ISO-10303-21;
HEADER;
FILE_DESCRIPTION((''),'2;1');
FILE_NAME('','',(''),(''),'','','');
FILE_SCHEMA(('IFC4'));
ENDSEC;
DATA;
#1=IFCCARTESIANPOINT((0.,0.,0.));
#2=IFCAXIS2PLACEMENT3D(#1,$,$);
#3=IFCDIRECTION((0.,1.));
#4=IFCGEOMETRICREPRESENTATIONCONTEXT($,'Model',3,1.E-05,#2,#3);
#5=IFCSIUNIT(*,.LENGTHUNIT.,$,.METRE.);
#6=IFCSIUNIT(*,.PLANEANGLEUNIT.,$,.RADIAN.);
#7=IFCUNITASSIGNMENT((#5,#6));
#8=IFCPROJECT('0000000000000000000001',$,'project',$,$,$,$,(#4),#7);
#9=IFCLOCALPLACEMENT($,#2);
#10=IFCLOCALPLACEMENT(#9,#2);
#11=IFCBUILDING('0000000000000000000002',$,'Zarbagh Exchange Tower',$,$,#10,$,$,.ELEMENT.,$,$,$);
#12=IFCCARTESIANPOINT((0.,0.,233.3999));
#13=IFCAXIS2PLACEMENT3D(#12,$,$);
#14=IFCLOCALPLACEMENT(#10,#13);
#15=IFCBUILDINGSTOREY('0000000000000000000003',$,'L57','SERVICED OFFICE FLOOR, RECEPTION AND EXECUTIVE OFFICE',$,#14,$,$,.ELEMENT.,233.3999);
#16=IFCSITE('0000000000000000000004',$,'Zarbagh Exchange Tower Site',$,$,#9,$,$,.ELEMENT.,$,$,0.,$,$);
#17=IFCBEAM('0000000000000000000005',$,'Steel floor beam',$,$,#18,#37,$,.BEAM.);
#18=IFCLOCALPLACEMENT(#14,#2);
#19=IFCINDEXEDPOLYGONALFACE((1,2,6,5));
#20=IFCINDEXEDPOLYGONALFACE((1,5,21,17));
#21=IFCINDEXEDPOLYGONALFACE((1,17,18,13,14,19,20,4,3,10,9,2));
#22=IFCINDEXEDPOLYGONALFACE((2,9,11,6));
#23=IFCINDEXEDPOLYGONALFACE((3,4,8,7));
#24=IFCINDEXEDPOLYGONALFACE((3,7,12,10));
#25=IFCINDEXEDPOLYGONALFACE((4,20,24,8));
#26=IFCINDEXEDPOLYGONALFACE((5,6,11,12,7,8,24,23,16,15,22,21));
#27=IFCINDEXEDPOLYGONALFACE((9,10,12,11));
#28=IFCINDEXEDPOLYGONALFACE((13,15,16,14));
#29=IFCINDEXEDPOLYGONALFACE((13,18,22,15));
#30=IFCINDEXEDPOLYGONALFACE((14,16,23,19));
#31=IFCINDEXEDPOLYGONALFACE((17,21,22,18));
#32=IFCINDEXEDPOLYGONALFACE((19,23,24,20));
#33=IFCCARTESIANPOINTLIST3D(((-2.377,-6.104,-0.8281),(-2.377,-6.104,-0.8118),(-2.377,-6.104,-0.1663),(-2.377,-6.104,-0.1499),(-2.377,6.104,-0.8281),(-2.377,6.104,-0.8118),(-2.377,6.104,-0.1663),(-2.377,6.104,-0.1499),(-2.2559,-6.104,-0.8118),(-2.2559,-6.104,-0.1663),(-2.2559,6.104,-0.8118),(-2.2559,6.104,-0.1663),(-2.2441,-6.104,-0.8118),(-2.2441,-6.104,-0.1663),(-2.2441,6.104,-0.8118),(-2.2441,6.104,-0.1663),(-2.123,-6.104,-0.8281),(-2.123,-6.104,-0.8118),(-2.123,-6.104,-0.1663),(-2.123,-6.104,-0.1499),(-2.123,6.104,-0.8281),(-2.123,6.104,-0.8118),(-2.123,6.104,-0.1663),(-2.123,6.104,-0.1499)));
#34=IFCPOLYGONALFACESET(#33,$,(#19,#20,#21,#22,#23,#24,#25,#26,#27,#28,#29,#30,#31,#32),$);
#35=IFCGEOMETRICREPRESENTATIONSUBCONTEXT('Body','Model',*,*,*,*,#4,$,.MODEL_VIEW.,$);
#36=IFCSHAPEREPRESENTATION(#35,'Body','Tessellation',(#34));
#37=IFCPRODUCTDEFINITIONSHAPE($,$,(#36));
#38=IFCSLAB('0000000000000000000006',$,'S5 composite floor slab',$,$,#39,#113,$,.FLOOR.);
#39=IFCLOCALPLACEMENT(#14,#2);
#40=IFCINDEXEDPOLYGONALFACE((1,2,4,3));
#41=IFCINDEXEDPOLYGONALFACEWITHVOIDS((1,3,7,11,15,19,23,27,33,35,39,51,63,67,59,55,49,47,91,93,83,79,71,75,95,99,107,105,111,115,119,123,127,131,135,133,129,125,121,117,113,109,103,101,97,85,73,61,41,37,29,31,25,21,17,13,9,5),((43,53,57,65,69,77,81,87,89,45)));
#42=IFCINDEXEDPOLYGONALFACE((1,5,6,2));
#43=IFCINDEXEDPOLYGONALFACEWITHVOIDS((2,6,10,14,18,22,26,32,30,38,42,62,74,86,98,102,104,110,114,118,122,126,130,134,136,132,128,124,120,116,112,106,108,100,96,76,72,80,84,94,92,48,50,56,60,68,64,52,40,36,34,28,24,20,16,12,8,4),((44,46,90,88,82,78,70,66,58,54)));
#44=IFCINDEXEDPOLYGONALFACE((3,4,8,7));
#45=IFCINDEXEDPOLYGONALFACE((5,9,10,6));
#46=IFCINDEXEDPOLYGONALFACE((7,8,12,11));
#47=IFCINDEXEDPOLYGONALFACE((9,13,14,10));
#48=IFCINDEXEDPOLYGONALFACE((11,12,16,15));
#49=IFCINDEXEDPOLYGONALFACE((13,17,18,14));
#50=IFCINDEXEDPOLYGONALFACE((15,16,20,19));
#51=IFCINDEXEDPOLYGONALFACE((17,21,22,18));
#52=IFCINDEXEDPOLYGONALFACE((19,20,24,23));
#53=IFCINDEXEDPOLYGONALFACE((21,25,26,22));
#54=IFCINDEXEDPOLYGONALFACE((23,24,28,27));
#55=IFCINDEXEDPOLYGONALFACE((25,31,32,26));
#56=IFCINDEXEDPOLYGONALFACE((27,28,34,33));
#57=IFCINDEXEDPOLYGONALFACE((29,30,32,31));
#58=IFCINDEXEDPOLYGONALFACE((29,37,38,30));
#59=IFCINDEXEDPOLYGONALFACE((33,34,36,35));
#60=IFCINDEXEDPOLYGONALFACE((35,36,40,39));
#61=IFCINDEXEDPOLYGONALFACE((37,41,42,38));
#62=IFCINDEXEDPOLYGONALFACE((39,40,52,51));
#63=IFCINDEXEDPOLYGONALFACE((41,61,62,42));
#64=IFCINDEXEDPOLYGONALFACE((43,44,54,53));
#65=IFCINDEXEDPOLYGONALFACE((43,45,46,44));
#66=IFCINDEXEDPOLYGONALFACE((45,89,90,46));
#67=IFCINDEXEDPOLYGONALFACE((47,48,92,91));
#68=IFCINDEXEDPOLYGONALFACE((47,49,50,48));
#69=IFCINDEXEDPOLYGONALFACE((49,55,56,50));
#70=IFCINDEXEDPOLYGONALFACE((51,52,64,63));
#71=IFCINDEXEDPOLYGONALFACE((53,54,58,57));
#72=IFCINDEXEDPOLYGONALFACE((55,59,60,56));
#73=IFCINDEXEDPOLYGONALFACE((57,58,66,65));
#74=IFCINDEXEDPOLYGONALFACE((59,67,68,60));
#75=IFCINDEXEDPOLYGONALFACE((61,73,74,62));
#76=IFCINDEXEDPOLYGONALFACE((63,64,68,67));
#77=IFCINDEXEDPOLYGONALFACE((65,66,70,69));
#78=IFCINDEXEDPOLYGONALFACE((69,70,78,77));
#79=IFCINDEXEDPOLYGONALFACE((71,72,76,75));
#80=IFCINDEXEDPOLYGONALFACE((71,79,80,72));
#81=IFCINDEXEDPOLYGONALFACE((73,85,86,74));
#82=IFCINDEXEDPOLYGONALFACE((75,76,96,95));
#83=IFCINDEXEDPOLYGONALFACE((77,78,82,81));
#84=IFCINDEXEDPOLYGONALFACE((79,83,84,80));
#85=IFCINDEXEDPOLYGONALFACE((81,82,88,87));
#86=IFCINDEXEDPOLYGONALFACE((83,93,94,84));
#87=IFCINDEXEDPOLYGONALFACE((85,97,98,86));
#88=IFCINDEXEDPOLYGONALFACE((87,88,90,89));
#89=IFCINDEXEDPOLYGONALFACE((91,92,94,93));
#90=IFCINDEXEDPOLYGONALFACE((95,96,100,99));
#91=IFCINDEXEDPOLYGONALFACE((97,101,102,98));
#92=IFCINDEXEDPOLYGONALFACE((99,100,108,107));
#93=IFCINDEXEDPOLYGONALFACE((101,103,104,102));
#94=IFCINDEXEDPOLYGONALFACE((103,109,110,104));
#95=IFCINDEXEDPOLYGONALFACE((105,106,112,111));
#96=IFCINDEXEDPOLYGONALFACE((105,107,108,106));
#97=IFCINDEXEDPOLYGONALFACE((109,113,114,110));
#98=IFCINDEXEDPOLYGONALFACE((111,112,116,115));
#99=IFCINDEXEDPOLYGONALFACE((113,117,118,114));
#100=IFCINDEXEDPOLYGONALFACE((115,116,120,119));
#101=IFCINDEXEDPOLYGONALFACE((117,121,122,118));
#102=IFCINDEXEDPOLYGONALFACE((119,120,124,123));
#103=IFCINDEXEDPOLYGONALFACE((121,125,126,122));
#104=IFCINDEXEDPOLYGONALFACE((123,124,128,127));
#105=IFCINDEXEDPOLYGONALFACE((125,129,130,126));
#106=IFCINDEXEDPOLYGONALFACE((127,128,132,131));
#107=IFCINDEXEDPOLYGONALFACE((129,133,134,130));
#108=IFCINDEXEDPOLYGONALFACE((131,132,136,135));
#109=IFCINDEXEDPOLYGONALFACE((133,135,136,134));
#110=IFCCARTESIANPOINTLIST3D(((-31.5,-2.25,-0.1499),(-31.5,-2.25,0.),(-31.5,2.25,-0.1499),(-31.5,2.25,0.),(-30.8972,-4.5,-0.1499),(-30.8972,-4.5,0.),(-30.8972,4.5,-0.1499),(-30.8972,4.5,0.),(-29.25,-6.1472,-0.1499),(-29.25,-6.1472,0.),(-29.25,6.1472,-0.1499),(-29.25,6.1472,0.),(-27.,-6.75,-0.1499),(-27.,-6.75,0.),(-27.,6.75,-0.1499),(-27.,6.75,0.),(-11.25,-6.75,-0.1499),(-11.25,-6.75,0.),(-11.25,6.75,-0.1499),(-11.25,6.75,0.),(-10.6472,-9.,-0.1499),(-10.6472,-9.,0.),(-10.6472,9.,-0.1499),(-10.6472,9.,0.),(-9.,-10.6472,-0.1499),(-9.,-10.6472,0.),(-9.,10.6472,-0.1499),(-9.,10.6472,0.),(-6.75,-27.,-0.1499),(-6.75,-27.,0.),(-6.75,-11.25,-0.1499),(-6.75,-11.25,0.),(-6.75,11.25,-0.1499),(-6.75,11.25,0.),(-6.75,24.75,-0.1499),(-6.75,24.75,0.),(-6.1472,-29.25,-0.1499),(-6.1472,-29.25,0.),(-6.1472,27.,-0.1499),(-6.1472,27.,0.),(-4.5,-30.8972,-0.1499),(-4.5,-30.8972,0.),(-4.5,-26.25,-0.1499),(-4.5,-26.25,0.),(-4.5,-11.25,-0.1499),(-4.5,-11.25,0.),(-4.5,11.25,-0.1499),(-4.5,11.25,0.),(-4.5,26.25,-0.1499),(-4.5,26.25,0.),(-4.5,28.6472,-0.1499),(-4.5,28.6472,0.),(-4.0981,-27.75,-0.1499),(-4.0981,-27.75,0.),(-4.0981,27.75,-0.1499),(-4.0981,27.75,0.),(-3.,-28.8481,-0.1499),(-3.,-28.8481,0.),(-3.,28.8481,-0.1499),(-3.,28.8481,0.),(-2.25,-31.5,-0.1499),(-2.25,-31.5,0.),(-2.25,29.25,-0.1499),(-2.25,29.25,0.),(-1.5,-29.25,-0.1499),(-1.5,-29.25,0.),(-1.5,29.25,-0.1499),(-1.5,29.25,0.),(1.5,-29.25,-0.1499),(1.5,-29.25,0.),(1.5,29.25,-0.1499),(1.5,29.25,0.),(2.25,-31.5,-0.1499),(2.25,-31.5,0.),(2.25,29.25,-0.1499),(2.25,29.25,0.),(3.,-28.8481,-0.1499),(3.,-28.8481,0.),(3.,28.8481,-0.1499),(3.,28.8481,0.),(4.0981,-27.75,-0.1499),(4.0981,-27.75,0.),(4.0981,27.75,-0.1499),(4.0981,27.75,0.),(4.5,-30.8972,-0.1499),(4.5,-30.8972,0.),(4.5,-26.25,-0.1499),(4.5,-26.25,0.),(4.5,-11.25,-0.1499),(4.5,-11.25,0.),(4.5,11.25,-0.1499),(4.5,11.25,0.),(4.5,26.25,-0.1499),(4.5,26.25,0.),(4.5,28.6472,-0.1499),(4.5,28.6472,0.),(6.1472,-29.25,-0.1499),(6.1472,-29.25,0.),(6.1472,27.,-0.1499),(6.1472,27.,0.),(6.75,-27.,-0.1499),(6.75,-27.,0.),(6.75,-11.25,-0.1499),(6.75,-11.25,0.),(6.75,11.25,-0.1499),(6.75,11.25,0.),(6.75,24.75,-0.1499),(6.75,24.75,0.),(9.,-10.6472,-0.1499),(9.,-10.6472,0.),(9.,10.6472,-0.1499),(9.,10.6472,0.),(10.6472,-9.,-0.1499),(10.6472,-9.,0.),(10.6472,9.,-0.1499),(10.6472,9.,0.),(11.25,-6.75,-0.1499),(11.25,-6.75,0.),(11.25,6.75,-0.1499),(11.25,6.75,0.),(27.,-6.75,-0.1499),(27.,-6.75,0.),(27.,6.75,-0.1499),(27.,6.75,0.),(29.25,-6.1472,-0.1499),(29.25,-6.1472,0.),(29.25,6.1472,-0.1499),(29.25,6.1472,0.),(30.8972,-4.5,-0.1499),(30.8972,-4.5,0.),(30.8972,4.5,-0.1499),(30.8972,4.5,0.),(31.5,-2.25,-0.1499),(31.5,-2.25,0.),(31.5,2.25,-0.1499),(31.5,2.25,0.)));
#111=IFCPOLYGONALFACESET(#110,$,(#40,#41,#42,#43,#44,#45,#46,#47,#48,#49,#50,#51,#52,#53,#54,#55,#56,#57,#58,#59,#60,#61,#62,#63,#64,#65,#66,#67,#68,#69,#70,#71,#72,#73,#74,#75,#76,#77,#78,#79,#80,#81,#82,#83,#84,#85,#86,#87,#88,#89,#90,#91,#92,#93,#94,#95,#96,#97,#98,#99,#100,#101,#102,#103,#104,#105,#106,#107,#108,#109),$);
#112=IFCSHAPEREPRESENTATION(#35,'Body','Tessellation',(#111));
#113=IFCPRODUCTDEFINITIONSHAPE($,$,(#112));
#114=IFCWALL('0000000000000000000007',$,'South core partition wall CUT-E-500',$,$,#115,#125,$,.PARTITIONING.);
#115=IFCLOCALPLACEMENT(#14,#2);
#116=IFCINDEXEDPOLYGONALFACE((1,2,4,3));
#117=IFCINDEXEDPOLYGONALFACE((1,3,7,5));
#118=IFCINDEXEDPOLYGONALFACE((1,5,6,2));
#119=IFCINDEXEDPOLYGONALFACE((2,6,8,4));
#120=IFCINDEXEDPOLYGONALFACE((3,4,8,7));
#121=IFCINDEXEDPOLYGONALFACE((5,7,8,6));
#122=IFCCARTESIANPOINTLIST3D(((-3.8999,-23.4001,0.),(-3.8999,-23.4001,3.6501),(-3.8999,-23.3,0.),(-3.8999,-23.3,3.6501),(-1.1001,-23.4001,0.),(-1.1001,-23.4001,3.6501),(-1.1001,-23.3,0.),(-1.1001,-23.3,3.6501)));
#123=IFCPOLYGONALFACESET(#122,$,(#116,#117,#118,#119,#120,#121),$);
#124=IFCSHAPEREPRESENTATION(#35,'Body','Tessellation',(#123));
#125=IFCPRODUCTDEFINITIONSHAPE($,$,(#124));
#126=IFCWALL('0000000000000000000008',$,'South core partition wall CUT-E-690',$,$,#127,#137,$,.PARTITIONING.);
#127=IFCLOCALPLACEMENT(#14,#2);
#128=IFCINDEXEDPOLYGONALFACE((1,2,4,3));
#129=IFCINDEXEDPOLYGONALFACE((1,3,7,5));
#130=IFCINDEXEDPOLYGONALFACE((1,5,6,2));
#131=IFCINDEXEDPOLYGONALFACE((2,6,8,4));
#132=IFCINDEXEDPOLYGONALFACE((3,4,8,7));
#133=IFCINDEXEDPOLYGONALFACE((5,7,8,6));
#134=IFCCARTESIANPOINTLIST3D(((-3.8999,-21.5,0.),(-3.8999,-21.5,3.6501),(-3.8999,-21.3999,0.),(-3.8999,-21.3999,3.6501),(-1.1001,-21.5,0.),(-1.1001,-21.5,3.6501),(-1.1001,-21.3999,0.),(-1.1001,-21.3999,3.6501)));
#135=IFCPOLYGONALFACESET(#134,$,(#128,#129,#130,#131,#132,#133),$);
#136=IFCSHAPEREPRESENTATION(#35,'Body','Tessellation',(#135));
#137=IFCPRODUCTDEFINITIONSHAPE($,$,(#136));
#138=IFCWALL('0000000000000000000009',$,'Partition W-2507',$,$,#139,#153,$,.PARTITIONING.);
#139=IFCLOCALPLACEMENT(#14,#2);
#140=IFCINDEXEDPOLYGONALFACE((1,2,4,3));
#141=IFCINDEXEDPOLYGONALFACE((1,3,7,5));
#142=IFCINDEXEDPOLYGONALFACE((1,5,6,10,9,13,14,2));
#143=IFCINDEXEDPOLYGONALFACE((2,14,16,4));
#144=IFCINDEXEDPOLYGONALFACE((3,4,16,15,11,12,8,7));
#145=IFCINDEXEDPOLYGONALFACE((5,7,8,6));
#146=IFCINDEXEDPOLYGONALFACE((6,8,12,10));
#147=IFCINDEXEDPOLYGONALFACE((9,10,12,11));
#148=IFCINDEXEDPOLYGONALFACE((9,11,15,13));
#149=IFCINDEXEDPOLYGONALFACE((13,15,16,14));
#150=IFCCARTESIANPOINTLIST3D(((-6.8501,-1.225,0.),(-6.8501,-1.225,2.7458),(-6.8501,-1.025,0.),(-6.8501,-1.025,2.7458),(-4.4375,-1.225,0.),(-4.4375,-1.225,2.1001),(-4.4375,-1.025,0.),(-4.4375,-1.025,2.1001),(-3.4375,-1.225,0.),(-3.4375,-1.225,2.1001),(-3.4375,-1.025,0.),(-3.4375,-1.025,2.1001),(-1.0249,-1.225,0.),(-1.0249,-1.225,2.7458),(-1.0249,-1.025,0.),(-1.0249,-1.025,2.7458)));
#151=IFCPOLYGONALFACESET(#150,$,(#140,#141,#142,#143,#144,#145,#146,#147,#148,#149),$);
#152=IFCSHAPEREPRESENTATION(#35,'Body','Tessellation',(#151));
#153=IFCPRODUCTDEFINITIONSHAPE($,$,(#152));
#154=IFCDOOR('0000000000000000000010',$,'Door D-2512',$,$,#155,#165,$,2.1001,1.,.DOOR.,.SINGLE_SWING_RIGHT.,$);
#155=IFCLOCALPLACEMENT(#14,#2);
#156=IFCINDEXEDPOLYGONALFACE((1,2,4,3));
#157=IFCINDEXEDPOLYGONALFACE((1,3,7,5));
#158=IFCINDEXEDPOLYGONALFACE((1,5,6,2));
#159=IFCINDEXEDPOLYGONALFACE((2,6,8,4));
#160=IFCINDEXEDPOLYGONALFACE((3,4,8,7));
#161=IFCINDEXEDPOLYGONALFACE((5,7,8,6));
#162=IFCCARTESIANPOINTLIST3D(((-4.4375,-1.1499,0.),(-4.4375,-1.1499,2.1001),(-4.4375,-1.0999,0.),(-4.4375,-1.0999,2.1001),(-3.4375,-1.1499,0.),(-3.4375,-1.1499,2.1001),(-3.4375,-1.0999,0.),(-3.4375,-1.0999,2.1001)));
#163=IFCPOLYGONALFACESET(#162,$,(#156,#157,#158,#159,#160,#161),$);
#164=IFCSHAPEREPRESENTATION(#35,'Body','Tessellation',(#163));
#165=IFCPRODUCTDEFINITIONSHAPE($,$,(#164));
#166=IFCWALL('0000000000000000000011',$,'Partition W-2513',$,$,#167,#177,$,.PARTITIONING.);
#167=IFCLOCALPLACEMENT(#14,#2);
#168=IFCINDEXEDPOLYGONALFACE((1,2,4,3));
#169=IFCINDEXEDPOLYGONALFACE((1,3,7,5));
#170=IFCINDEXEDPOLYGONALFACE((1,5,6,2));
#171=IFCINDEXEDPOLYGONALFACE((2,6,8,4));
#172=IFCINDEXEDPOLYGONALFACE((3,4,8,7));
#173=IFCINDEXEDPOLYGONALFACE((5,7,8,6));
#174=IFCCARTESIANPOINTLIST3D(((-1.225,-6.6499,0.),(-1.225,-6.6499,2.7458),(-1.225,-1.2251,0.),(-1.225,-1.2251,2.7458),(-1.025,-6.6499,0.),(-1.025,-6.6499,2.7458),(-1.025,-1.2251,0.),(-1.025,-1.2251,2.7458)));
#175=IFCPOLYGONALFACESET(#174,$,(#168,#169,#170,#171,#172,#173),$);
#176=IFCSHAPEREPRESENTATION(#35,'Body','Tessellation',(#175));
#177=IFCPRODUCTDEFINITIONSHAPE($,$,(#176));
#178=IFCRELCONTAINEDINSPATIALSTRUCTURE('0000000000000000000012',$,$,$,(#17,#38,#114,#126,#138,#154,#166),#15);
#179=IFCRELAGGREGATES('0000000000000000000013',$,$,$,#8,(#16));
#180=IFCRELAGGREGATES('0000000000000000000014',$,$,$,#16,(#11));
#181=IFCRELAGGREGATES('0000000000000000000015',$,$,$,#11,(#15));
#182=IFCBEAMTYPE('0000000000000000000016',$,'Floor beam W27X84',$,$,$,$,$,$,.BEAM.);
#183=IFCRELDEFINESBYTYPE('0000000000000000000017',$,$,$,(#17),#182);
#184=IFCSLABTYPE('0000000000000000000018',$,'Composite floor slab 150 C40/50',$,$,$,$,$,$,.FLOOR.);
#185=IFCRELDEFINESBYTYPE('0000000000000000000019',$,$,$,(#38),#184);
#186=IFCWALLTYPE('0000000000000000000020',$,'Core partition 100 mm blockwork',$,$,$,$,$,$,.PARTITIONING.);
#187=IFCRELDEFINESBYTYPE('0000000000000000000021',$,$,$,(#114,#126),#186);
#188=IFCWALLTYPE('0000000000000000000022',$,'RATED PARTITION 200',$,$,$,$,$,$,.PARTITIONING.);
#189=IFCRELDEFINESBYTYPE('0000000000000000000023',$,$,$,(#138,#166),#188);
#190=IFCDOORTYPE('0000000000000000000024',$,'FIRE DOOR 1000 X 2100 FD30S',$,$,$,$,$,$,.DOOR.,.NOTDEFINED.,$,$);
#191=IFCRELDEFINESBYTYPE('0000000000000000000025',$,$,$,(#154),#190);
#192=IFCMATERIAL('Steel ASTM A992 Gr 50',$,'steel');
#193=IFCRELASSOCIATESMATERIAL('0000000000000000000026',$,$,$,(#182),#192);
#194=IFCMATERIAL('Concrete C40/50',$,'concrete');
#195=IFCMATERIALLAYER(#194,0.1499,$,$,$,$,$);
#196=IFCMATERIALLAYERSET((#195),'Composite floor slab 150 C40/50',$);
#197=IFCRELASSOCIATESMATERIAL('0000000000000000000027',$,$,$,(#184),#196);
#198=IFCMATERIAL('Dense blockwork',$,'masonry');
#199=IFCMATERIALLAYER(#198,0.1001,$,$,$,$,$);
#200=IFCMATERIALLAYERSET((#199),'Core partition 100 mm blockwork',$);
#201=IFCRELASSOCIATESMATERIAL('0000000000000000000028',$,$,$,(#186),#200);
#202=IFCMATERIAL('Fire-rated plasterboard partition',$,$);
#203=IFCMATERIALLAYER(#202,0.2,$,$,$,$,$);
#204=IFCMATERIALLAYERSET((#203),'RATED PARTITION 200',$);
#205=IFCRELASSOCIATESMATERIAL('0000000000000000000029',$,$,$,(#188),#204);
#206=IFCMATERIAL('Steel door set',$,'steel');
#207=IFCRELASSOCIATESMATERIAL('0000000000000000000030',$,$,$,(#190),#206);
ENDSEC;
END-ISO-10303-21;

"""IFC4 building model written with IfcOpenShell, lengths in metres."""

from ifc_helpers import new_model, si_unit, direction, frame, frame_2d, origin, origin_2d, place, context, subcontext, project, spatial, polyline, rectangle, i_section, outline, extrude, material, layer, layer_set, material_profile, profile_set, type_object, element, fill, save


model = new_model("IFC4")

# Units and contexts
model_context = context("Model", 3, precision=1e-05, world=origin(), true_north=direction((0.0, 1.0)))
body_context = subcontext(model_context, "Body", "Model", "MODEL_VIEW")
ifc_project = project(units=[si_unit("LENGTHUNIT", "METRE"), si_unit("PLANEANGLEUNIT", "RADIAN")], contexts=[model_context])

# Site, building, storey
site_placement = place(None, origin())
site = spatial("IfcSite", under=ifc_project, at=site_placement, Name="Zarbagh Exchange Tower Site", CompositionType="ELEMENT", RefElevation=0.0)
building_placement = place(site_placement, origin())
building = spatial("IfcBuilding", under=site, at=building_placement, Name="Zarbagh Exchange Tower", CompositionType="ELEMENT")
storey_placement = place(building_placement, frame((0.0, 0.0, 233.3999)))
storey = spatial("IfcBuildingStorey", under=building, at=storey_placement, Name="L57", Description="SERVICED OFFICE FLOOR, RECEPTION AND EXECUTIVE OFFICE", CompositionType="ELEMENT", Elevation=233.3999)

# Beam
ifc_material_1 = material(Name="Steel ASTM A992 Gr 50", Category="steel")
ifc_material_profile = material_profile(ifc_material_1, i_section(OverallWidth=0.2539, OverallDepth=0.6782, WebThickness=0.0117, FlangeThickness=0.0164, at=origin_2d()), Name="W27X84")
ifc_profile_set = profile_set([ifc_material_profile], Name="Steel ASTM A992 Gr 50")
beam_type = type_object("IfcBeamType", Name="Floor beam W27X84", PredefinedType="BEAM", material=ifc_profile_set)
beam_placement = place(storey_placement, frame((-2.25, -6.104, -0.489), z_axis=(0.0, 1.0, 0.0), x_axis=(-1.0, 0.0, 0.0)))
element("IfcBeam", 1, at=beam_placement, inside=storey, type_object=beam_type, Name="Steel floor beam", PredefinedType="BEAM", context=body_context, shape_type="SweptSolid", body=[
    extrude(i_section(OverallWidth=0.2539, OverallDepth=0.6782, WebThickness=0.0117, FlangeThickness=0.0164, at=origin_2d()), origin(), (0.0, 0.0, 1.0), 12.208),
])

# Slab
ifc_material_2 = material(Name="Concrete C40/50", Category="concrete")
ifc_layer_1 = layer(ifc_material_2, 0.1499)
ifc_layer_set_1 = layer_set([ifc_layer_1], Name="Composite floor slab 150 C40/50")
slab_type = type_object("IfcSlabType", Name="Composite floor slab 150 C40/50", PredefinedType="FLOOR", material=ifc_layer_set_1)
slab_placement = place(storey_placement, frame((0.0, 0.0, -0.1499)))
element("IfcSlab", 2, at=slab_placement, inside=storey, type_object=slab_type, Name="S5 composite floor slab", PredefinedType="FLOOR", context=body_context, shape_type="SweptSolid", body=[
    extrude(outline(polyline([(-2.25, -31.5), (-4.5, -30.8972), (-6.1472, -29.25), (-6.75, -27.0), (-6.75, -11.25), (-9.0, -10.6472), (-10.6472, -9.0), (-11.25, -6.75), (-27.0, -6.75), (-29.25, -6.1472), (-30.8972, -4.5), (-31.5, -2.25), (-31.5, 2.25), (-30.8972, 4.5), (-29.25, 6.1472), (-27.0, 6.75), (-11.25, 6.75), (-10.6472, 9.0), (-9.0, 10.6472), (-6.75, 11.25), (-6.75, 24.75), (-6.1472, 27.0), (-4.5, 28.6472), (-2.25, 29.25), (-1.5, 29.25), (-3.0, 28.8481), (-4.0981, 27.75), (-4.5, 26.25), (-4.5, 11.25), (4.5, 11.25), (4.5, 26.25), (4.0981, 27.75), (3.0, 28.8481), (1.5, 29.25), (2.25, 29.25), (4.5, 28.6472), (6.1472, 27.0), (6.75, 24.75), (6.75, 11.25), (9.0, 10.6472), (10.6472, 9.0), (11.25, 6.75), (27.0, 6.75), (29.25, 6.1472), (30.8972, 4.5), (31.5, 2.25), (31.5, -2.25), (30.8972, -4.5), (29.25, -6.1472), (27.0, -6.75), (11.25, -6.75), (10.6472, -9.0), (9.0, -10.6472), (6.75, -11.25), (6.75, -27.0), (6.1472, -29.25), (4.5, -30.8972), (2.25, -31.5), (-2.25, -31.5)]), holes=[polyline([(-1.5, -29.25), (1.5, -29.25), (3.0, -28.8481), (4.0981, -27.75), (4.5, -26.25), (4.5, -11.25), (-4.5, -11.25), (-4.5, -26.25), (-4.0981, -27.75), (-3.0, -28.8481), (-1.5, -29.25)])]), origin(), (0.0, 0.0, 1.0), 0.1499),
])

# Walls
ifc_material_3 = material(Name="Dense blockwork", Category="masonry")
ifc_layer_2 = layer(ifc_material_3, 0.1001)
ifc_layer_set_2 = layer_set([ifc_layer_2], Name="Core partition 100 mm blockwork")
wall_type_1 = type_object("IfcWallType", Name="Core partition 100 mm blockwork", PredefinedType="PARTITIONING", material=ifc_layer_set_2)
for number, where, z_axis, x_axis, name in (
    (3, (-1.1001, -23.3501, 0.0), (0.0, 0.0, 1.0), (-1.0, 0.0, 0.0), "South core partition wall CUT-E-500"),
    (4, (-1.1001, -21.45, 0.0), (0.0, 0.0, 1.0), (-1.0, 0.0, 0.0), "South core partition wall CUT-E-690"),
):
    element("IfcWall", number, at=place(storey_placement, frame(where, z_axis=z_axis, x_axis=x_axis)), inside=storey, type_object=wall_type_1, Name=name, PredefinedType="PARTITIONING", context=body_context, shape_type="SweptSolid", body=[
        extrude(rectangle(XDim=2.7998, YDim=0.1001, at=frame_2d((1.3999, 0.0))), origin(), (0.0, 0.0, 1.0), 3.6501),
    ])

# Wall, opening, door
ifc_material_4 = material(Name="Fire-rated plasterboard partition")
ifc_layer_3 = layer(ifc_material_4, 0.2)
ifc_layer_set_3 = layer_set([ifc_layer_3], Name="RATED PARTITION 200")
wall_type_2 = type_object("IfcWallType", Name="RATED PARTITION 200", PredefinedType="PARTITIONING", material=ifc_layer_set_3)
wall_1_placement = place(storey_placement, frame((-1.0249, -1.125, 0.0), z_axis=(0.0, 0.0, 1.0), x_axis=(-1.0, 0.0, 0.0)))
wall_1 = element("IfcWall", 5, at=wall_1_placement, inside=storey, type_object=wall_type_2, Name="Partition W-2507", PredefinedType="PARTITIONING", context=body_context, shape_type="SweptSolid", body=[
    extrude(rectangle(XDim=5.8252, YDim=0.2, at=frame_2d((2.9126, 0.0))), origin(), (0.0, 0.0, 1.0), 2.7458),
])
opening_1_placement = place(wall_1_placement, frame((2.4126, 0.0, 0.0)))
opening_1 = element("IfcOpeningElement", 6, at=opening_1_placement, cuts=wall_1, PredefinedType="OPENING", context=body_context, shape_type="SweptSolid", body=[
    extrude(rectangle(XDim=1.0, YDim=2.1001, at=frame_2d((0.5, 1.05))), frame((0.0, 0.1099, 0.0), z_axis=(0.0, -1.0, 0.0), x_axis=(1.0, 0.0, 0.0)), (0.0, 0.0, 1.0), 0.22),
])
ifc_material_5 = material(Name="Steel door set", Category="steel")
door_type_1 = type_object("IfcDoorType", Name="FIRE DOOR 1000 X 2100 FD30S", OperationType="NOTDEFINED", PredefinedType="DOOR", material=ifc_material_5)
door_1_placement = place(opening_1_placement, origin())
door_1 = element("IfcDoor", 7, at=door_1_placement, inside=storey, type_object=door_type_1, Name="Door D-2512", OperationType="SINGLE_SWING_RIGHT", OverallHeight=2.1001, OverallWidth=1.0, PredefinedType="DOOR", context=body_context, shape_type="SweptSolid", body=[
    extrude(rectangle(XDim=1.0, YDim=2.1001, at=frame_2d((0.5, 1.05))), frame((0.0, 0.0249, 0.0), z_axis=(0.0, -1.0, 0.0), x_axis=(1.0, 0.0, 0.0)), (0.0, 0.0, 1.0), 0.05),
])
fill(opening_1, door_1)

# Wall
wall_2_placement = place(storey_placement, frame((-1.125, -6.6499, 0.0), z_axis=(0.0, 0.0, 1.0), x_axis=(0.0, 1.0, 0.0)))
element("IfcWall", 8, at=wall_2_placement, inside=storey, type_object=wall_type_2, Name="Partition W-2513", PredefinedType="PARTITIONING", context=body_context, shape_type="SweptSolid", body=[
    extrude(rectangle(XDim=5.4248, YDim=0.2, at=frame_2d((2.7124, 0.0))), origin(), (0.0, 0.0, 1.0), 2.7458),
])

save(model, "model.ifc")
